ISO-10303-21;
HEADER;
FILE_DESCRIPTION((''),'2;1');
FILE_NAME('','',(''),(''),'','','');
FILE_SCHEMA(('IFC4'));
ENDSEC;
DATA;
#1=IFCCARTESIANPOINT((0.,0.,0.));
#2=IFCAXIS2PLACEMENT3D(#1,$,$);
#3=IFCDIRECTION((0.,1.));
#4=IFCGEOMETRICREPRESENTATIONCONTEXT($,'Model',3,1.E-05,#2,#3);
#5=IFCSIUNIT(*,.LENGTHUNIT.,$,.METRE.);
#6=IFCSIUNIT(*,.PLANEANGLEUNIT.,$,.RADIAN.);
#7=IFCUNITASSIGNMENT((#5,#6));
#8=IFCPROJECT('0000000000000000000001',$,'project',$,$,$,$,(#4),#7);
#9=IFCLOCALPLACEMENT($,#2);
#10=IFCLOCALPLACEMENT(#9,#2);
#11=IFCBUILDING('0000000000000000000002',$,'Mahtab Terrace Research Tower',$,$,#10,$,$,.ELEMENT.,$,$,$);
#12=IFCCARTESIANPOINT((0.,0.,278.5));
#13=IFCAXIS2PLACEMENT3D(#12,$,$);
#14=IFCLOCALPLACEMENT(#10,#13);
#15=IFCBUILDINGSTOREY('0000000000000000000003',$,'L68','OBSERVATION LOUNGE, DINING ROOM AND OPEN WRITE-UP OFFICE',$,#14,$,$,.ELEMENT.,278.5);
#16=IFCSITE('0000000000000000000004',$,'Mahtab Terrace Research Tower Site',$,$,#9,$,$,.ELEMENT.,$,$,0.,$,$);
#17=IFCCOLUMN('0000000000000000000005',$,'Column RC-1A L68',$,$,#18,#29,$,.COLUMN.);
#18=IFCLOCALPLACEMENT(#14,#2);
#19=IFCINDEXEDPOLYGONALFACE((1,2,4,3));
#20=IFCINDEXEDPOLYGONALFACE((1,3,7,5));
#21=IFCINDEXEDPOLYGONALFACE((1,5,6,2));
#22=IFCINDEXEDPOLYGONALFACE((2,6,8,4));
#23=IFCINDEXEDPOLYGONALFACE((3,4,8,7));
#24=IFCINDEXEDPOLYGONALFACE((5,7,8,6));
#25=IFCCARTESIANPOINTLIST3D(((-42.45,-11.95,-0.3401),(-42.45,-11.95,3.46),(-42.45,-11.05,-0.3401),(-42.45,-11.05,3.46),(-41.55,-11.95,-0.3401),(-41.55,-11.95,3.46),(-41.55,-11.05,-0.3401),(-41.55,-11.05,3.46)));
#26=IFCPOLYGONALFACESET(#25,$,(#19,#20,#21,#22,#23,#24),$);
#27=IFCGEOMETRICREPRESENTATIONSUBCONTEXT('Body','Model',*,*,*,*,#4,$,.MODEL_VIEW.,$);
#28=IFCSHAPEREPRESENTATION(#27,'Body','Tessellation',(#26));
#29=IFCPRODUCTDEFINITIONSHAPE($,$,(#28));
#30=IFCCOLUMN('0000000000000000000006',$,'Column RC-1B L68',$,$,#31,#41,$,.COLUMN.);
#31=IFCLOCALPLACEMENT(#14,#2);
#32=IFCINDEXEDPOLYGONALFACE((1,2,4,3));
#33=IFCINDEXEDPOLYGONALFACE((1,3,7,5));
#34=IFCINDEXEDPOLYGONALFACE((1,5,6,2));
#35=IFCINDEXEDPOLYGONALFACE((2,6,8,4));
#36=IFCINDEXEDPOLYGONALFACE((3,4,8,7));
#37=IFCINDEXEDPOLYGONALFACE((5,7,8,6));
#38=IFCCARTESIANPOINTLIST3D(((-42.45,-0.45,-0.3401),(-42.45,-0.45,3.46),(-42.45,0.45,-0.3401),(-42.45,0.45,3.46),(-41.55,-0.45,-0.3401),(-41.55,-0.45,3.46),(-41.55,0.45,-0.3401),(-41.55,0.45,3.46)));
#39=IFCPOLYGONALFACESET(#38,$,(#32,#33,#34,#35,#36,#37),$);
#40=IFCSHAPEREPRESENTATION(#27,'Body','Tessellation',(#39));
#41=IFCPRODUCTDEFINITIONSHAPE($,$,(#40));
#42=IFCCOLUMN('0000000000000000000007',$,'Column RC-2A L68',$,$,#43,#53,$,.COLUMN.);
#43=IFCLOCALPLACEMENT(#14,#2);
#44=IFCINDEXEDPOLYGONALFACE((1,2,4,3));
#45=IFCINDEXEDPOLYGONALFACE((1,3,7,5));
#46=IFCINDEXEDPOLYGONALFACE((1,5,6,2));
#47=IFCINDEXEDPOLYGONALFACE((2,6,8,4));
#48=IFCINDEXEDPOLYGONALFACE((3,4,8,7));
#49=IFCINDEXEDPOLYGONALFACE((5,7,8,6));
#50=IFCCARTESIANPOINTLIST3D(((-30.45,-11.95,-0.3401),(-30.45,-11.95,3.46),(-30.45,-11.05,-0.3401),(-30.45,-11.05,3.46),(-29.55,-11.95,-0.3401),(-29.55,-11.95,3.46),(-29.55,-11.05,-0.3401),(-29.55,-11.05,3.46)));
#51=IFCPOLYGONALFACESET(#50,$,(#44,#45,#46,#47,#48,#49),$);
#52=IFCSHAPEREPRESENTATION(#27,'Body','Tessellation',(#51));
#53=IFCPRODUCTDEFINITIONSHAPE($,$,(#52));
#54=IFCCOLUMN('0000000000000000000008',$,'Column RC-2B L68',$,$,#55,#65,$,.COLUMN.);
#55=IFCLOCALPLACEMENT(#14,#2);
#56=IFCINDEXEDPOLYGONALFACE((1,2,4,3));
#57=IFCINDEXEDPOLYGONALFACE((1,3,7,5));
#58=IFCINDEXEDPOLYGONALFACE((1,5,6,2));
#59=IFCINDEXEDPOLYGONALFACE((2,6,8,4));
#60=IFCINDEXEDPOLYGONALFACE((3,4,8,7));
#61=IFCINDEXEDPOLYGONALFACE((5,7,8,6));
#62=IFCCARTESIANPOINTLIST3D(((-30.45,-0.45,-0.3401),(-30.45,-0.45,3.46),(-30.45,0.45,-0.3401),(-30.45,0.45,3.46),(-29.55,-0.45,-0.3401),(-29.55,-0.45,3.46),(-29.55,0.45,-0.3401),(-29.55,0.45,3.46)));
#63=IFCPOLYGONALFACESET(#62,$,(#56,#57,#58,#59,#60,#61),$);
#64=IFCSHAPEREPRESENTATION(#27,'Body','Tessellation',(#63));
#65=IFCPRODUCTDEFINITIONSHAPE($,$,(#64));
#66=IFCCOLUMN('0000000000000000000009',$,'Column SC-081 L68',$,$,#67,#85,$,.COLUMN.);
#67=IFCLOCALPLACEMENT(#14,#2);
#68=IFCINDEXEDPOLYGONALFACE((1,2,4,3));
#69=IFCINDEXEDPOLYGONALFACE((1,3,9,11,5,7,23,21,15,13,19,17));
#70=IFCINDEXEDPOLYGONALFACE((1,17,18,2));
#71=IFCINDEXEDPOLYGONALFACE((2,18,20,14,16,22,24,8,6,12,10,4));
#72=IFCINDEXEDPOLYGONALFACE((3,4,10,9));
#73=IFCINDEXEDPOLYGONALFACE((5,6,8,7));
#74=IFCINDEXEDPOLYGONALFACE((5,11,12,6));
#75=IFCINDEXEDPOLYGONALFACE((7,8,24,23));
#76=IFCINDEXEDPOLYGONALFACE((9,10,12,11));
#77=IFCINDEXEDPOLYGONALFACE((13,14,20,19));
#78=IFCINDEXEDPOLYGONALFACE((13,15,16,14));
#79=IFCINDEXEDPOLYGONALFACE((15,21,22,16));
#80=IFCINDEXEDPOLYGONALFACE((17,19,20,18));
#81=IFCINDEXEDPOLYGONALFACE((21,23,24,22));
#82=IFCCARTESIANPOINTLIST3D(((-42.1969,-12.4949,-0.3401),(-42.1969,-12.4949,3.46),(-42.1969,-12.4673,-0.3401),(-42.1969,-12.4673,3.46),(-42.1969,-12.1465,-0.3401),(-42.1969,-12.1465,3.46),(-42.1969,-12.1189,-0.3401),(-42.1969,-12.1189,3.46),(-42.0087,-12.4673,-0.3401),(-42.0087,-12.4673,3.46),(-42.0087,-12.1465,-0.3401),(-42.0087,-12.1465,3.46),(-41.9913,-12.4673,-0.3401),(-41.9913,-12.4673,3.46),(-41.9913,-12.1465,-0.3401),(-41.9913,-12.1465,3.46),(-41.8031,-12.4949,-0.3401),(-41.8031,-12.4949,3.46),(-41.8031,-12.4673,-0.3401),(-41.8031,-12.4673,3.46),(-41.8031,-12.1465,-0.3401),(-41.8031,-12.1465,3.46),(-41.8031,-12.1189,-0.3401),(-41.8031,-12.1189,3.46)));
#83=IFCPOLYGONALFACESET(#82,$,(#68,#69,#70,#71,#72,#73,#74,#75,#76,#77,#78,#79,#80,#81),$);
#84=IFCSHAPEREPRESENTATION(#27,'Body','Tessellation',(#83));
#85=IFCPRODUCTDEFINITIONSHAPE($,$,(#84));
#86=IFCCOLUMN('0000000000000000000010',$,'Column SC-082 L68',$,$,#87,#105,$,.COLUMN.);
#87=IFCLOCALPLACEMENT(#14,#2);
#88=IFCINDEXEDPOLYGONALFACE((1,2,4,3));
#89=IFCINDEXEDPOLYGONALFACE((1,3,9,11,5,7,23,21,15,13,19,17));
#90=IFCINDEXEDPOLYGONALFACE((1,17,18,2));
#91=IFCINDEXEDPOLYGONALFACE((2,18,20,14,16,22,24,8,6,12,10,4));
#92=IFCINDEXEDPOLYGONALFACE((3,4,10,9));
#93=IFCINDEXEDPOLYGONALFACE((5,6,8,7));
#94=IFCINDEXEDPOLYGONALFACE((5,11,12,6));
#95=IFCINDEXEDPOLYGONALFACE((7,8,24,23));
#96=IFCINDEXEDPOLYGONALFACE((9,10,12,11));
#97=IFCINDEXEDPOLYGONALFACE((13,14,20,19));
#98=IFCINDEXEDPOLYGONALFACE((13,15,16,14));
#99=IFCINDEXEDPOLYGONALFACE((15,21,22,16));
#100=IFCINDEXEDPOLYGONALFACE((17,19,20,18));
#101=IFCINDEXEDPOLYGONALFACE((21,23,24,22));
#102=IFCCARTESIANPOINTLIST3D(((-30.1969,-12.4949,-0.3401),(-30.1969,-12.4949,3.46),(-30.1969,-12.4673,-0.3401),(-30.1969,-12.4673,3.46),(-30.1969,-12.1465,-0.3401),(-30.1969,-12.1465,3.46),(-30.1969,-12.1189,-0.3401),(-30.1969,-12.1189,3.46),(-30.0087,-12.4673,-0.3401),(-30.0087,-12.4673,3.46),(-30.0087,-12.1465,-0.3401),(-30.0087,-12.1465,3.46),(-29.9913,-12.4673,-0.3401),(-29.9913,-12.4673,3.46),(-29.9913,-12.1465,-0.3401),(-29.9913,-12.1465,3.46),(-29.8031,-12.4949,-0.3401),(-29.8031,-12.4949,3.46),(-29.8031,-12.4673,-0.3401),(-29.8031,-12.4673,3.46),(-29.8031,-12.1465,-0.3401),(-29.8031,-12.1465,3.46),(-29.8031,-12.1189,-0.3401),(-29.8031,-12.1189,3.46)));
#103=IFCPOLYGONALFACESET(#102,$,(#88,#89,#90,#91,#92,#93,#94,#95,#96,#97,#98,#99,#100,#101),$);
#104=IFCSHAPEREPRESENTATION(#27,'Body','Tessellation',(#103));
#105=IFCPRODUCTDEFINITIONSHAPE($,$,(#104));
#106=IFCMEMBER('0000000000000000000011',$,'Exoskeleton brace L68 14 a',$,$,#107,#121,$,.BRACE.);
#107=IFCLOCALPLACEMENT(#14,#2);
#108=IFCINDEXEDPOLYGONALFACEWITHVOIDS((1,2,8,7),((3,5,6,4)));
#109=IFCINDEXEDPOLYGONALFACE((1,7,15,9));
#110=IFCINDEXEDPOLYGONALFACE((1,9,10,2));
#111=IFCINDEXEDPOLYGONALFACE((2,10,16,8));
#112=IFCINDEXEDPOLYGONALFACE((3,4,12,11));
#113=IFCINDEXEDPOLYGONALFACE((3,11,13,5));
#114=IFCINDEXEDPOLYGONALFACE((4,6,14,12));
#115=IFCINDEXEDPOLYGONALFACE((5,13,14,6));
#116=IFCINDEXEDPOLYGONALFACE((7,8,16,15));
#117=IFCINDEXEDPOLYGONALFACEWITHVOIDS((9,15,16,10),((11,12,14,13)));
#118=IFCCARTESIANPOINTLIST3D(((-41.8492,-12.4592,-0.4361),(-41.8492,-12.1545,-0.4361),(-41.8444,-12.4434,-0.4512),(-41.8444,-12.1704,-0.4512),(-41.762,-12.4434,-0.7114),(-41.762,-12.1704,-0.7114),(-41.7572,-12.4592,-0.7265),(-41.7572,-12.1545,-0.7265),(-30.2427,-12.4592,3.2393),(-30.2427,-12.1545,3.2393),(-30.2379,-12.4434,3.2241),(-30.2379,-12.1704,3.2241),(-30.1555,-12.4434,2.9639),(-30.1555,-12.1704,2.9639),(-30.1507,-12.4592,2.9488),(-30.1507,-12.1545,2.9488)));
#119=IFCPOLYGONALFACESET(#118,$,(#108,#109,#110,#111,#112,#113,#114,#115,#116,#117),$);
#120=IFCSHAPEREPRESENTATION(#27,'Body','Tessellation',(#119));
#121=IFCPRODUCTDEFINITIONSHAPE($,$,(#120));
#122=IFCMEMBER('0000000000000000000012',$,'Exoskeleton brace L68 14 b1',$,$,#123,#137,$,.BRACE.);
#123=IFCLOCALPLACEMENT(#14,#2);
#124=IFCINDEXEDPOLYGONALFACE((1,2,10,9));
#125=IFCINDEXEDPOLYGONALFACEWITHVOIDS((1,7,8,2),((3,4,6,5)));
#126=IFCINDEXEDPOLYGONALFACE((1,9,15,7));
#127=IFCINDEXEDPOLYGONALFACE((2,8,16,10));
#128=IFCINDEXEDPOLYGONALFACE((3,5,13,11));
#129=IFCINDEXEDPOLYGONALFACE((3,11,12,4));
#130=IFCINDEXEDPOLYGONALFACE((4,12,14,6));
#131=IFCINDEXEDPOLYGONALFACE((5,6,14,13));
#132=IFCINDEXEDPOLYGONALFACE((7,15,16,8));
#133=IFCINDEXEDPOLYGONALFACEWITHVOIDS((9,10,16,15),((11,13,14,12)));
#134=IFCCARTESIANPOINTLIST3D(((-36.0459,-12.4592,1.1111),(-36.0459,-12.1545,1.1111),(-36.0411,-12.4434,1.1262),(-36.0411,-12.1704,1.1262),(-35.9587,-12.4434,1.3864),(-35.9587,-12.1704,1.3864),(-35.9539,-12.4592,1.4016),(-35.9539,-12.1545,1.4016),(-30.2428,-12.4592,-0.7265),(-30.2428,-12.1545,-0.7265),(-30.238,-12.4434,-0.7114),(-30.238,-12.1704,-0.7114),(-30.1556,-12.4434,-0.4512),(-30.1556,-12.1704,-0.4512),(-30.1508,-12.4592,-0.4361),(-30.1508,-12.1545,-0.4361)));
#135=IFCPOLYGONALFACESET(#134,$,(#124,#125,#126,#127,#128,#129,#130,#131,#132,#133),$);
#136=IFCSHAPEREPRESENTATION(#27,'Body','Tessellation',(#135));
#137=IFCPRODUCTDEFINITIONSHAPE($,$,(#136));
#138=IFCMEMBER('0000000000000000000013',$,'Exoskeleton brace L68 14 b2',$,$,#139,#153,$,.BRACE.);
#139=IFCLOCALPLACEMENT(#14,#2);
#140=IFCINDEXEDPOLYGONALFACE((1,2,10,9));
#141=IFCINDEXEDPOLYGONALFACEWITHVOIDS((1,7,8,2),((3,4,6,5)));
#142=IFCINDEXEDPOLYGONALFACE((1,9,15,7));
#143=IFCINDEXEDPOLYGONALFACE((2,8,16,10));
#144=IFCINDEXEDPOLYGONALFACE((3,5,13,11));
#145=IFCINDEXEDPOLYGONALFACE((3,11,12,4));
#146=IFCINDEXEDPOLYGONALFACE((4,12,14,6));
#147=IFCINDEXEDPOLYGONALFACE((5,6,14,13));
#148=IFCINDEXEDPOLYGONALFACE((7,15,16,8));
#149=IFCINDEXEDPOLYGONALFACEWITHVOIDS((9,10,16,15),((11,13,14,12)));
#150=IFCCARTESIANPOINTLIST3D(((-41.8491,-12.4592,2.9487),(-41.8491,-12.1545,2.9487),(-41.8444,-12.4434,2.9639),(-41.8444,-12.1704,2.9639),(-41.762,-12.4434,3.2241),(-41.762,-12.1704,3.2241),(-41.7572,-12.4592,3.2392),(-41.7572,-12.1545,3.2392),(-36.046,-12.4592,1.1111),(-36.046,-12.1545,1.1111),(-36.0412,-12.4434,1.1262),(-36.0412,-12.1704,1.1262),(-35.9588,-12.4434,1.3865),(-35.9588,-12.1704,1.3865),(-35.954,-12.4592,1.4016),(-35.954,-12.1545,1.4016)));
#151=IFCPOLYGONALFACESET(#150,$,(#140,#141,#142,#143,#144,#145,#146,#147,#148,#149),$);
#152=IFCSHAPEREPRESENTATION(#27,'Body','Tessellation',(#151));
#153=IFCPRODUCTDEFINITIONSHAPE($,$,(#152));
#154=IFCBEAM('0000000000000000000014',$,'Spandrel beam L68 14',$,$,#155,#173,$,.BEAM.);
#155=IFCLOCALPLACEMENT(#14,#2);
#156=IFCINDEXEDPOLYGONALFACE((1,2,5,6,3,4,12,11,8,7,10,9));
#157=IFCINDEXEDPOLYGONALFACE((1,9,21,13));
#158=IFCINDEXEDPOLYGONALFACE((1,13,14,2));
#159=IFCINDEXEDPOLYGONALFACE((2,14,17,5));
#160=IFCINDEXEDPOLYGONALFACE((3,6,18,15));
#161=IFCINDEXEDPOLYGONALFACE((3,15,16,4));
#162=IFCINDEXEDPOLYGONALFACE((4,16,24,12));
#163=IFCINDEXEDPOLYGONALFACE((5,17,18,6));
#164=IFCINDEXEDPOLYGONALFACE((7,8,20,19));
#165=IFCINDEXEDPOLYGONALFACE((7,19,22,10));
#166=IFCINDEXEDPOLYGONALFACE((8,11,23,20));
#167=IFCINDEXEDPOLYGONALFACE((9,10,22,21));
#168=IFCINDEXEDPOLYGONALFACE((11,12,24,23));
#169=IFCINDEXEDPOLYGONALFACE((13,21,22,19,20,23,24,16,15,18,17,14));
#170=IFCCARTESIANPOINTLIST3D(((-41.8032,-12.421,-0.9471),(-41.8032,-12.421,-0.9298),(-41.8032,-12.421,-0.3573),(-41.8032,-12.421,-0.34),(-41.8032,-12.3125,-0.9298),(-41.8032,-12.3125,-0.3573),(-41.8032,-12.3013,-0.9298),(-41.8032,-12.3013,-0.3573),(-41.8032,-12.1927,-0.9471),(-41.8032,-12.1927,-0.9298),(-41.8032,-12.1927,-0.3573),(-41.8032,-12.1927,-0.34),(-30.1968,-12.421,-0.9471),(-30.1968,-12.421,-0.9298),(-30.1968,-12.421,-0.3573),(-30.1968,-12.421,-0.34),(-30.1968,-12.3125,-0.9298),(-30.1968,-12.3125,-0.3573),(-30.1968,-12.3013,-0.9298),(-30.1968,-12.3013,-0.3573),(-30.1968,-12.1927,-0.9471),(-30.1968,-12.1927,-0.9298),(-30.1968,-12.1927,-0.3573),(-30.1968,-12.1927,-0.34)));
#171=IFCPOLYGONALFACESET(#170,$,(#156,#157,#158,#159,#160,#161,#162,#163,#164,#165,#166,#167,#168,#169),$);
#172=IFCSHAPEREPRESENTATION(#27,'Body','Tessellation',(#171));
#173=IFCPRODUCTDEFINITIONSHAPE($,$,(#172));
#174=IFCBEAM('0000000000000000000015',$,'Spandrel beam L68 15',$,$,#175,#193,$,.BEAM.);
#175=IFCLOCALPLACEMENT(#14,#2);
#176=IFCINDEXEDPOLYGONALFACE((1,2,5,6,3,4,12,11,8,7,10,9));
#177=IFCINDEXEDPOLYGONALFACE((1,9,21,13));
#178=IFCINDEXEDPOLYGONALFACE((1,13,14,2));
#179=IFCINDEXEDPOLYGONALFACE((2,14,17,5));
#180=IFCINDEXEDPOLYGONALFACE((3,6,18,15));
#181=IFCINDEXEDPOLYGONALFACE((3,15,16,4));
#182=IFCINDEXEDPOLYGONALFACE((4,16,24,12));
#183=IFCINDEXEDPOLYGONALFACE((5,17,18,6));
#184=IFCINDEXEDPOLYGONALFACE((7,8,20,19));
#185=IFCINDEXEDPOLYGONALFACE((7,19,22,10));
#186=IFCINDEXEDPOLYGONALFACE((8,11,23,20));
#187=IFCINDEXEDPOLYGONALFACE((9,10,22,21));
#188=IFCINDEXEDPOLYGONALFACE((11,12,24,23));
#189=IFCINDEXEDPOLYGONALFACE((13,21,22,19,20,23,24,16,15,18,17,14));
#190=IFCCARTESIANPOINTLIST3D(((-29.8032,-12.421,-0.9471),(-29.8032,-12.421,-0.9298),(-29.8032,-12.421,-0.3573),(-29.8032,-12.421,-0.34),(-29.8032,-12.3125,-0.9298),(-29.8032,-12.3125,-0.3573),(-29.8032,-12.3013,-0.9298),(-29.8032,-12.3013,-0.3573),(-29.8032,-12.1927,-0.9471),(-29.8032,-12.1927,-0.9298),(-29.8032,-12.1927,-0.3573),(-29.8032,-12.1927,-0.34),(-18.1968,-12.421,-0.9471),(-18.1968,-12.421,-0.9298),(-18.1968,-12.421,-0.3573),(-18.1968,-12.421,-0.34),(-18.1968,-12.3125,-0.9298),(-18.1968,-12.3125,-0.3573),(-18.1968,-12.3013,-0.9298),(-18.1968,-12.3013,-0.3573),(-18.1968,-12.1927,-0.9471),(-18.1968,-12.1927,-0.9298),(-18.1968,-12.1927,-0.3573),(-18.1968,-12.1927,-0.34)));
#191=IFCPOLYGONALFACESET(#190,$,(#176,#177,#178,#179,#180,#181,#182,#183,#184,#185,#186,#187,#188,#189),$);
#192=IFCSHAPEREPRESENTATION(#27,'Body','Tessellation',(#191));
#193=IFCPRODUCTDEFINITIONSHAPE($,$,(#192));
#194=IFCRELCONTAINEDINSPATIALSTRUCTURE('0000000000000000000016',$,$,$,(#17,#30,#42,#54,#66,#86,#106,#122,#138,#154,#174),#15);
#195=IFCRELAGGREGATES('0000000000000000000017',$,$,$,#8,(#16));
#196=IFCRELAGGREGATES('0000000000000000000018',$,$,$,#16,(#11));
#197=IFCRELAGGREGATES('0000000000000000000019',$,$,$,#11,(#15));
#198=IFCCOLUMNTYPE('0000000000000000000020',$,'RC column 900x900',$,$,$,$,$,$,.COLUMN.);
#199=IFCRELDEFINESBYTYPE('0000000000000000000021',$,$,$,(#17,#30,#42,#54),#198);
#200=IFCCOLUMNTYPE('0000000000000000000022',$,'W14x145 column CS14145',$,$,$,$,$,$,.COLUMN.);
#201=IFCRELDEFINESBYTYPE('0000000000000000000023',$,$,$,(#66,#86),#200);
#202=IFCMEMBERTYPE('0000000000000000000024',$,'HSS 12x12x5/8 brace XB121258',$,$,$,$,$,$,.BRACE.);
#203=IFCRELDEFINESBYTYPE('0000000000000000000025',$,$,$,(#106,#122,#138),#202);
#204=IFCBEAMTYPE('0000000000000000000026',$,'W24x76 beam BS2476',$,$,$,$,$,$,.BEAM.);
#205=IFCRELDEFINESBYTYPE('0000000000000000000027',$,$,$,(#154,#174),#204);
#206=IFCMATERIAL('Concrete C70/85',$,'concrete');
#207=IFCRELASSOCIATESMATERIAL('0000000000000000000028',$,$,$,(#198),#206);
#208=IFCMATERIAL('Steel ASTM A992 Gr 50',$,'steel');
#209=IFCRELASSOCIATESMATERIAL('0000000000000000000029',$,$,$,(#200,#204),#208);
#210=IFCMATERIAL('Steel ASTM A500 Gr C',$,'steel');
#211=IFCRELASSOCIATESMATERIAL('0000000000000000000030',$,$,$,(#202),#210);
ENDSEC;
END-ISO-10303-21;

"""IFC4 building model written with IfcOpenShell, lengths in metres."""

from ifc_helpers import new_model, si_unit, direction, frame, origin, origin_2d, place, context, subcontext, project, spatial, rectangle, hollow_rectangle, i_section, extrude, material, material_profile, profile_set, type_object, element, save


model = new_model("IFC4")

# Units and contexts
model_context = context("Model", 3, precision=1e-05, world=origin(), true_north=direction((0.0, 1.0)))
body_context = subcontext(model_context, "Body", "Model", "MODEL_VIEW")
ifc_project = project(units=[si_unit("LENGTHUNIT", "METRE"), si_unit("PLANEANGLEUNIT", "RADIAN")], contexts=[model_context])

# Site, building, storey
site_placement = place(None, origin())
site = spatial("IfcSite", under=ifc_project, at=site_placement, Name="Mahtab Terrace Research Tower Site", CompositionType="ELEMENT", RefElevation=0.0)
building_placement = place(site_placement, origin())
building = spatial("IfcBuilding", under=site, at=building_placement, Name="Mahtab Terrace Research Tower", CompositionType="ELEMENT")
storey_placement = place(building_placement, frame((0.0, 0.0, 278.5)))
storey = spatial("IfcBuildingStorey", under=building, at=storey_placement, Name="L68", Description="OBSERVATION LOUNGE, DINING ROOM AND OPEN WRITE-UP OFFICE", CompositionType="ELEMENT", Elevation=278.5)

# Columns
ifc_material_1 = material(Name="Concrete C70/85", Category="concrete")
ifc_material_profile_1 = material_profile(ifc_material_1, rectangle(XDim=0.8999, YDim=0.8999, at=origin_2d()), Name="RC column 900x900")
ifc_profile_set_1 = profile_set([ifc_material_profile_1], Name="Concrete C70/85")
column_type_1 = type_object("IfcColumnType", Name="RC column 900x900", PredefinedType="COLUMN", material=ifc_profile_set_1)
for number, where, z_axis, x_axis, name in (
    (1, (-42.0, -11.5, -0.3401), (0.0, 0.0, 1.0), (1.0, 0.0, 0.0), "Column RC-1A L68"),
    (2, (-42.0, 0.0, -0.3401), (0.0, 0.0, 1.0), (1.0, 0.0, 0.0), "Column RC-1B L68"),
    (3, (-30.0, -11.5, -0.3401), (0.0, 0.0, 1.0), (1.0, 0.0, 0.0), "Column RC-2A L68"),
    (4, (-30.0, 0.0, -0.3401), (0.0, 0.0, 1.0), (1.0, 0.0, 0.0), "Column RC-2B L68"),
):
    element("IfcColumn", number, at=place(storey_placement, frame(where, z_axis=z_axis, x_axis=x_axis)), inside=storey, type_object=column_type_1, Name=name, PredefinedType="COLUMN", context=body_context, shape_type="SweptSolid", body=[
        extrude(rectangle(XDim=0.8999, YDim=0.8999, at=origin_2d()), origin(), (0.0, 0.0, 1.0), 3.8),
    ])
ifc_material_2 = material(Name="Steel ASTM A992 Gr 50", Category="steel")
ifc_material_profile_2 = material_profile(ifc_material_2, i_section(OverallWidth=0.3938, OverallDepth=0.376, WebThickness=0.0173, FlangeThickness=0.0276, at=origin_2d()), Name="W14X145")
ifc_profile_set_2 = profile_set([ifc_material_profile_2], Name="Steel ASTM A992 Gr 50")
column_type_2 = type_object("IfcColumnType", Name="W14x145 column CS14145", PredefinedType="COLUMN", material=ifc_profile_set_2)
for number, where, z_axis, x_axis, name in (
    (5, (-42.0, -12.3069, -0.3401), (0.0, 0.0, 1.0), (1.0, 0.0, 0.0), "Column SC-081 L68"),
    (6, (-30.0, -12.3069, -0.3401), (0.0, 0.0, 1.0), (1.0, 0.0, 0.0), "Column SC-082 L68"),
):
    element("IfcColumn", number, at=place(storey_placement, frame(where, z_axis=z_axis, x_axis=x_axis)), inside=storey, type_object=column_type_2, Name=name, PredefinedType="COLUMN", context=body_context, shape_type="SweptSolid", body=[
        extrude(i_section(OverallWidth=0.3938, OverallDepth=0.376, WebThickness=0.0173, FlangeThickness=0.0276, at=origin_2d()), origin(), (0.0, 0.0, 1.0), 3.8),
    ])

# Members
ifc_material_3 = material(Name="Steel ASTM A500 Gr C", Category="steel")
ifc_material_profile_3 = material_profile(ifc_material_3, hollow_rectangle(XDim=0.3047, YDim=0.3047, WallThickness=0.0159, at=origin_2d()), Name="HSS12X12X5/8")
ifc_profile_set_3 = profile_set([ifc_material_profile_3], Name="Steel ASTM A500 Gr C")
member_type = type_object("IfcMemberType", Name="HSS 12x12x5/8 brace XB121258", PredefinedType="BRACE", material=ifc_profile_set_3)
member_placement = place(storey_placement, frame((-41.8032, -12.3069, -0.5813), z_axis=(0.953344, 0.0, 0.301886), x_axis=(0.0, 1.0, 0.0)))
element("IfcMember", 7, at=member_placement, inside=storey, type_object=member_type, Name="Exoskeleton brace L68 14 a", PredefinedType="BRACE", context=body_context, shape_type="SweptSolid", body=[
    extrude(hollow_rectangle(XDim=0.3047, YDim=0.3047, WallThickness=0.0159, at=origin_2d()), origin(), (0.0, 0.0, 1.0), 12.1746),
])
for number, where, z_axis, x_axis, name in (
    (8, (-30.1968, -12.3069, -0.5813), (-0.953344, 0.0, 0.301886), (0.0, -1.0, 0.0), "Exoskeleton brace L68 14 b1"),
    (9, (-36.0, -12.3069, 1.2563), (-0.953344, 0.0, 0.301886), (0.0, -1.0, 0.0), "Exoskeleton brace L68 14 b2"),
):
    element("IfcMember", number, at=place(storey_placement, frame(where, z_axis=z_axis, x_axis=x_axis)), inside=storey, type_object=member_type, Name=name, PredefinedType="BRACE", context=body_context, shape_type="SweptSolid", body=[
        extrude(hollow_rectangle(XDim=0.3047, YDim=0.3047, WallThickness=0.0159, at=origin_2d()), origin(), (0.0, 0.0, 1.0), 6.0872),
    ])

# Beams
ifc_material_profile_4 = material_profile(ifc_material_2, i_section(OverallWidth=0.2283, OverallDepth=0.6072, WebThickness=0.0112, FlangeThickness=0.0173, at=origin_2d()), Name="W24X76")
ifc_profile_set_4 = profile_set([ifc_material_profile_4], Name="Steel ASTM A992 Gr 50")
beam_type = type_object("IfcBeamType", Name="W24x76 beam BS2476", PredefinedType="BEAM", material=ifc_profile_set_4)
for number, where, z_axis, x_axis, name in (
    (10, (-41.8032, -12.3069, -0.6436), (1.0, 0.0, 0.0), (0.0, 1.0, 0.0), "Spandrel beam L68 14"),
    (11, (-29.8032, -12.3069, -0.6436), (1.0, 0.0, 0.0), (0.0, 1.0, 0.0), "Spandrel beam L68 15"),
):
    element("IfcBeam", number, at=place(storey_placement, frame(where, z_axis=z_axis, x_axis=x_axis)), inside=storey, type_object=beam_type, Name=name, PredefinedType="BEAM", context=body_context, shape_type="SweptSolid", body=[
        extrude(i_section(OverallWidth=0.2283, OverallDepth=0.6072, WebThickness=0.0112, FlangeThickness=0.0173, at=origin_2d()), origin(), (0.0, 0.0, 1.0), 11.6064),
    ])

save(model, "model.ifc")
